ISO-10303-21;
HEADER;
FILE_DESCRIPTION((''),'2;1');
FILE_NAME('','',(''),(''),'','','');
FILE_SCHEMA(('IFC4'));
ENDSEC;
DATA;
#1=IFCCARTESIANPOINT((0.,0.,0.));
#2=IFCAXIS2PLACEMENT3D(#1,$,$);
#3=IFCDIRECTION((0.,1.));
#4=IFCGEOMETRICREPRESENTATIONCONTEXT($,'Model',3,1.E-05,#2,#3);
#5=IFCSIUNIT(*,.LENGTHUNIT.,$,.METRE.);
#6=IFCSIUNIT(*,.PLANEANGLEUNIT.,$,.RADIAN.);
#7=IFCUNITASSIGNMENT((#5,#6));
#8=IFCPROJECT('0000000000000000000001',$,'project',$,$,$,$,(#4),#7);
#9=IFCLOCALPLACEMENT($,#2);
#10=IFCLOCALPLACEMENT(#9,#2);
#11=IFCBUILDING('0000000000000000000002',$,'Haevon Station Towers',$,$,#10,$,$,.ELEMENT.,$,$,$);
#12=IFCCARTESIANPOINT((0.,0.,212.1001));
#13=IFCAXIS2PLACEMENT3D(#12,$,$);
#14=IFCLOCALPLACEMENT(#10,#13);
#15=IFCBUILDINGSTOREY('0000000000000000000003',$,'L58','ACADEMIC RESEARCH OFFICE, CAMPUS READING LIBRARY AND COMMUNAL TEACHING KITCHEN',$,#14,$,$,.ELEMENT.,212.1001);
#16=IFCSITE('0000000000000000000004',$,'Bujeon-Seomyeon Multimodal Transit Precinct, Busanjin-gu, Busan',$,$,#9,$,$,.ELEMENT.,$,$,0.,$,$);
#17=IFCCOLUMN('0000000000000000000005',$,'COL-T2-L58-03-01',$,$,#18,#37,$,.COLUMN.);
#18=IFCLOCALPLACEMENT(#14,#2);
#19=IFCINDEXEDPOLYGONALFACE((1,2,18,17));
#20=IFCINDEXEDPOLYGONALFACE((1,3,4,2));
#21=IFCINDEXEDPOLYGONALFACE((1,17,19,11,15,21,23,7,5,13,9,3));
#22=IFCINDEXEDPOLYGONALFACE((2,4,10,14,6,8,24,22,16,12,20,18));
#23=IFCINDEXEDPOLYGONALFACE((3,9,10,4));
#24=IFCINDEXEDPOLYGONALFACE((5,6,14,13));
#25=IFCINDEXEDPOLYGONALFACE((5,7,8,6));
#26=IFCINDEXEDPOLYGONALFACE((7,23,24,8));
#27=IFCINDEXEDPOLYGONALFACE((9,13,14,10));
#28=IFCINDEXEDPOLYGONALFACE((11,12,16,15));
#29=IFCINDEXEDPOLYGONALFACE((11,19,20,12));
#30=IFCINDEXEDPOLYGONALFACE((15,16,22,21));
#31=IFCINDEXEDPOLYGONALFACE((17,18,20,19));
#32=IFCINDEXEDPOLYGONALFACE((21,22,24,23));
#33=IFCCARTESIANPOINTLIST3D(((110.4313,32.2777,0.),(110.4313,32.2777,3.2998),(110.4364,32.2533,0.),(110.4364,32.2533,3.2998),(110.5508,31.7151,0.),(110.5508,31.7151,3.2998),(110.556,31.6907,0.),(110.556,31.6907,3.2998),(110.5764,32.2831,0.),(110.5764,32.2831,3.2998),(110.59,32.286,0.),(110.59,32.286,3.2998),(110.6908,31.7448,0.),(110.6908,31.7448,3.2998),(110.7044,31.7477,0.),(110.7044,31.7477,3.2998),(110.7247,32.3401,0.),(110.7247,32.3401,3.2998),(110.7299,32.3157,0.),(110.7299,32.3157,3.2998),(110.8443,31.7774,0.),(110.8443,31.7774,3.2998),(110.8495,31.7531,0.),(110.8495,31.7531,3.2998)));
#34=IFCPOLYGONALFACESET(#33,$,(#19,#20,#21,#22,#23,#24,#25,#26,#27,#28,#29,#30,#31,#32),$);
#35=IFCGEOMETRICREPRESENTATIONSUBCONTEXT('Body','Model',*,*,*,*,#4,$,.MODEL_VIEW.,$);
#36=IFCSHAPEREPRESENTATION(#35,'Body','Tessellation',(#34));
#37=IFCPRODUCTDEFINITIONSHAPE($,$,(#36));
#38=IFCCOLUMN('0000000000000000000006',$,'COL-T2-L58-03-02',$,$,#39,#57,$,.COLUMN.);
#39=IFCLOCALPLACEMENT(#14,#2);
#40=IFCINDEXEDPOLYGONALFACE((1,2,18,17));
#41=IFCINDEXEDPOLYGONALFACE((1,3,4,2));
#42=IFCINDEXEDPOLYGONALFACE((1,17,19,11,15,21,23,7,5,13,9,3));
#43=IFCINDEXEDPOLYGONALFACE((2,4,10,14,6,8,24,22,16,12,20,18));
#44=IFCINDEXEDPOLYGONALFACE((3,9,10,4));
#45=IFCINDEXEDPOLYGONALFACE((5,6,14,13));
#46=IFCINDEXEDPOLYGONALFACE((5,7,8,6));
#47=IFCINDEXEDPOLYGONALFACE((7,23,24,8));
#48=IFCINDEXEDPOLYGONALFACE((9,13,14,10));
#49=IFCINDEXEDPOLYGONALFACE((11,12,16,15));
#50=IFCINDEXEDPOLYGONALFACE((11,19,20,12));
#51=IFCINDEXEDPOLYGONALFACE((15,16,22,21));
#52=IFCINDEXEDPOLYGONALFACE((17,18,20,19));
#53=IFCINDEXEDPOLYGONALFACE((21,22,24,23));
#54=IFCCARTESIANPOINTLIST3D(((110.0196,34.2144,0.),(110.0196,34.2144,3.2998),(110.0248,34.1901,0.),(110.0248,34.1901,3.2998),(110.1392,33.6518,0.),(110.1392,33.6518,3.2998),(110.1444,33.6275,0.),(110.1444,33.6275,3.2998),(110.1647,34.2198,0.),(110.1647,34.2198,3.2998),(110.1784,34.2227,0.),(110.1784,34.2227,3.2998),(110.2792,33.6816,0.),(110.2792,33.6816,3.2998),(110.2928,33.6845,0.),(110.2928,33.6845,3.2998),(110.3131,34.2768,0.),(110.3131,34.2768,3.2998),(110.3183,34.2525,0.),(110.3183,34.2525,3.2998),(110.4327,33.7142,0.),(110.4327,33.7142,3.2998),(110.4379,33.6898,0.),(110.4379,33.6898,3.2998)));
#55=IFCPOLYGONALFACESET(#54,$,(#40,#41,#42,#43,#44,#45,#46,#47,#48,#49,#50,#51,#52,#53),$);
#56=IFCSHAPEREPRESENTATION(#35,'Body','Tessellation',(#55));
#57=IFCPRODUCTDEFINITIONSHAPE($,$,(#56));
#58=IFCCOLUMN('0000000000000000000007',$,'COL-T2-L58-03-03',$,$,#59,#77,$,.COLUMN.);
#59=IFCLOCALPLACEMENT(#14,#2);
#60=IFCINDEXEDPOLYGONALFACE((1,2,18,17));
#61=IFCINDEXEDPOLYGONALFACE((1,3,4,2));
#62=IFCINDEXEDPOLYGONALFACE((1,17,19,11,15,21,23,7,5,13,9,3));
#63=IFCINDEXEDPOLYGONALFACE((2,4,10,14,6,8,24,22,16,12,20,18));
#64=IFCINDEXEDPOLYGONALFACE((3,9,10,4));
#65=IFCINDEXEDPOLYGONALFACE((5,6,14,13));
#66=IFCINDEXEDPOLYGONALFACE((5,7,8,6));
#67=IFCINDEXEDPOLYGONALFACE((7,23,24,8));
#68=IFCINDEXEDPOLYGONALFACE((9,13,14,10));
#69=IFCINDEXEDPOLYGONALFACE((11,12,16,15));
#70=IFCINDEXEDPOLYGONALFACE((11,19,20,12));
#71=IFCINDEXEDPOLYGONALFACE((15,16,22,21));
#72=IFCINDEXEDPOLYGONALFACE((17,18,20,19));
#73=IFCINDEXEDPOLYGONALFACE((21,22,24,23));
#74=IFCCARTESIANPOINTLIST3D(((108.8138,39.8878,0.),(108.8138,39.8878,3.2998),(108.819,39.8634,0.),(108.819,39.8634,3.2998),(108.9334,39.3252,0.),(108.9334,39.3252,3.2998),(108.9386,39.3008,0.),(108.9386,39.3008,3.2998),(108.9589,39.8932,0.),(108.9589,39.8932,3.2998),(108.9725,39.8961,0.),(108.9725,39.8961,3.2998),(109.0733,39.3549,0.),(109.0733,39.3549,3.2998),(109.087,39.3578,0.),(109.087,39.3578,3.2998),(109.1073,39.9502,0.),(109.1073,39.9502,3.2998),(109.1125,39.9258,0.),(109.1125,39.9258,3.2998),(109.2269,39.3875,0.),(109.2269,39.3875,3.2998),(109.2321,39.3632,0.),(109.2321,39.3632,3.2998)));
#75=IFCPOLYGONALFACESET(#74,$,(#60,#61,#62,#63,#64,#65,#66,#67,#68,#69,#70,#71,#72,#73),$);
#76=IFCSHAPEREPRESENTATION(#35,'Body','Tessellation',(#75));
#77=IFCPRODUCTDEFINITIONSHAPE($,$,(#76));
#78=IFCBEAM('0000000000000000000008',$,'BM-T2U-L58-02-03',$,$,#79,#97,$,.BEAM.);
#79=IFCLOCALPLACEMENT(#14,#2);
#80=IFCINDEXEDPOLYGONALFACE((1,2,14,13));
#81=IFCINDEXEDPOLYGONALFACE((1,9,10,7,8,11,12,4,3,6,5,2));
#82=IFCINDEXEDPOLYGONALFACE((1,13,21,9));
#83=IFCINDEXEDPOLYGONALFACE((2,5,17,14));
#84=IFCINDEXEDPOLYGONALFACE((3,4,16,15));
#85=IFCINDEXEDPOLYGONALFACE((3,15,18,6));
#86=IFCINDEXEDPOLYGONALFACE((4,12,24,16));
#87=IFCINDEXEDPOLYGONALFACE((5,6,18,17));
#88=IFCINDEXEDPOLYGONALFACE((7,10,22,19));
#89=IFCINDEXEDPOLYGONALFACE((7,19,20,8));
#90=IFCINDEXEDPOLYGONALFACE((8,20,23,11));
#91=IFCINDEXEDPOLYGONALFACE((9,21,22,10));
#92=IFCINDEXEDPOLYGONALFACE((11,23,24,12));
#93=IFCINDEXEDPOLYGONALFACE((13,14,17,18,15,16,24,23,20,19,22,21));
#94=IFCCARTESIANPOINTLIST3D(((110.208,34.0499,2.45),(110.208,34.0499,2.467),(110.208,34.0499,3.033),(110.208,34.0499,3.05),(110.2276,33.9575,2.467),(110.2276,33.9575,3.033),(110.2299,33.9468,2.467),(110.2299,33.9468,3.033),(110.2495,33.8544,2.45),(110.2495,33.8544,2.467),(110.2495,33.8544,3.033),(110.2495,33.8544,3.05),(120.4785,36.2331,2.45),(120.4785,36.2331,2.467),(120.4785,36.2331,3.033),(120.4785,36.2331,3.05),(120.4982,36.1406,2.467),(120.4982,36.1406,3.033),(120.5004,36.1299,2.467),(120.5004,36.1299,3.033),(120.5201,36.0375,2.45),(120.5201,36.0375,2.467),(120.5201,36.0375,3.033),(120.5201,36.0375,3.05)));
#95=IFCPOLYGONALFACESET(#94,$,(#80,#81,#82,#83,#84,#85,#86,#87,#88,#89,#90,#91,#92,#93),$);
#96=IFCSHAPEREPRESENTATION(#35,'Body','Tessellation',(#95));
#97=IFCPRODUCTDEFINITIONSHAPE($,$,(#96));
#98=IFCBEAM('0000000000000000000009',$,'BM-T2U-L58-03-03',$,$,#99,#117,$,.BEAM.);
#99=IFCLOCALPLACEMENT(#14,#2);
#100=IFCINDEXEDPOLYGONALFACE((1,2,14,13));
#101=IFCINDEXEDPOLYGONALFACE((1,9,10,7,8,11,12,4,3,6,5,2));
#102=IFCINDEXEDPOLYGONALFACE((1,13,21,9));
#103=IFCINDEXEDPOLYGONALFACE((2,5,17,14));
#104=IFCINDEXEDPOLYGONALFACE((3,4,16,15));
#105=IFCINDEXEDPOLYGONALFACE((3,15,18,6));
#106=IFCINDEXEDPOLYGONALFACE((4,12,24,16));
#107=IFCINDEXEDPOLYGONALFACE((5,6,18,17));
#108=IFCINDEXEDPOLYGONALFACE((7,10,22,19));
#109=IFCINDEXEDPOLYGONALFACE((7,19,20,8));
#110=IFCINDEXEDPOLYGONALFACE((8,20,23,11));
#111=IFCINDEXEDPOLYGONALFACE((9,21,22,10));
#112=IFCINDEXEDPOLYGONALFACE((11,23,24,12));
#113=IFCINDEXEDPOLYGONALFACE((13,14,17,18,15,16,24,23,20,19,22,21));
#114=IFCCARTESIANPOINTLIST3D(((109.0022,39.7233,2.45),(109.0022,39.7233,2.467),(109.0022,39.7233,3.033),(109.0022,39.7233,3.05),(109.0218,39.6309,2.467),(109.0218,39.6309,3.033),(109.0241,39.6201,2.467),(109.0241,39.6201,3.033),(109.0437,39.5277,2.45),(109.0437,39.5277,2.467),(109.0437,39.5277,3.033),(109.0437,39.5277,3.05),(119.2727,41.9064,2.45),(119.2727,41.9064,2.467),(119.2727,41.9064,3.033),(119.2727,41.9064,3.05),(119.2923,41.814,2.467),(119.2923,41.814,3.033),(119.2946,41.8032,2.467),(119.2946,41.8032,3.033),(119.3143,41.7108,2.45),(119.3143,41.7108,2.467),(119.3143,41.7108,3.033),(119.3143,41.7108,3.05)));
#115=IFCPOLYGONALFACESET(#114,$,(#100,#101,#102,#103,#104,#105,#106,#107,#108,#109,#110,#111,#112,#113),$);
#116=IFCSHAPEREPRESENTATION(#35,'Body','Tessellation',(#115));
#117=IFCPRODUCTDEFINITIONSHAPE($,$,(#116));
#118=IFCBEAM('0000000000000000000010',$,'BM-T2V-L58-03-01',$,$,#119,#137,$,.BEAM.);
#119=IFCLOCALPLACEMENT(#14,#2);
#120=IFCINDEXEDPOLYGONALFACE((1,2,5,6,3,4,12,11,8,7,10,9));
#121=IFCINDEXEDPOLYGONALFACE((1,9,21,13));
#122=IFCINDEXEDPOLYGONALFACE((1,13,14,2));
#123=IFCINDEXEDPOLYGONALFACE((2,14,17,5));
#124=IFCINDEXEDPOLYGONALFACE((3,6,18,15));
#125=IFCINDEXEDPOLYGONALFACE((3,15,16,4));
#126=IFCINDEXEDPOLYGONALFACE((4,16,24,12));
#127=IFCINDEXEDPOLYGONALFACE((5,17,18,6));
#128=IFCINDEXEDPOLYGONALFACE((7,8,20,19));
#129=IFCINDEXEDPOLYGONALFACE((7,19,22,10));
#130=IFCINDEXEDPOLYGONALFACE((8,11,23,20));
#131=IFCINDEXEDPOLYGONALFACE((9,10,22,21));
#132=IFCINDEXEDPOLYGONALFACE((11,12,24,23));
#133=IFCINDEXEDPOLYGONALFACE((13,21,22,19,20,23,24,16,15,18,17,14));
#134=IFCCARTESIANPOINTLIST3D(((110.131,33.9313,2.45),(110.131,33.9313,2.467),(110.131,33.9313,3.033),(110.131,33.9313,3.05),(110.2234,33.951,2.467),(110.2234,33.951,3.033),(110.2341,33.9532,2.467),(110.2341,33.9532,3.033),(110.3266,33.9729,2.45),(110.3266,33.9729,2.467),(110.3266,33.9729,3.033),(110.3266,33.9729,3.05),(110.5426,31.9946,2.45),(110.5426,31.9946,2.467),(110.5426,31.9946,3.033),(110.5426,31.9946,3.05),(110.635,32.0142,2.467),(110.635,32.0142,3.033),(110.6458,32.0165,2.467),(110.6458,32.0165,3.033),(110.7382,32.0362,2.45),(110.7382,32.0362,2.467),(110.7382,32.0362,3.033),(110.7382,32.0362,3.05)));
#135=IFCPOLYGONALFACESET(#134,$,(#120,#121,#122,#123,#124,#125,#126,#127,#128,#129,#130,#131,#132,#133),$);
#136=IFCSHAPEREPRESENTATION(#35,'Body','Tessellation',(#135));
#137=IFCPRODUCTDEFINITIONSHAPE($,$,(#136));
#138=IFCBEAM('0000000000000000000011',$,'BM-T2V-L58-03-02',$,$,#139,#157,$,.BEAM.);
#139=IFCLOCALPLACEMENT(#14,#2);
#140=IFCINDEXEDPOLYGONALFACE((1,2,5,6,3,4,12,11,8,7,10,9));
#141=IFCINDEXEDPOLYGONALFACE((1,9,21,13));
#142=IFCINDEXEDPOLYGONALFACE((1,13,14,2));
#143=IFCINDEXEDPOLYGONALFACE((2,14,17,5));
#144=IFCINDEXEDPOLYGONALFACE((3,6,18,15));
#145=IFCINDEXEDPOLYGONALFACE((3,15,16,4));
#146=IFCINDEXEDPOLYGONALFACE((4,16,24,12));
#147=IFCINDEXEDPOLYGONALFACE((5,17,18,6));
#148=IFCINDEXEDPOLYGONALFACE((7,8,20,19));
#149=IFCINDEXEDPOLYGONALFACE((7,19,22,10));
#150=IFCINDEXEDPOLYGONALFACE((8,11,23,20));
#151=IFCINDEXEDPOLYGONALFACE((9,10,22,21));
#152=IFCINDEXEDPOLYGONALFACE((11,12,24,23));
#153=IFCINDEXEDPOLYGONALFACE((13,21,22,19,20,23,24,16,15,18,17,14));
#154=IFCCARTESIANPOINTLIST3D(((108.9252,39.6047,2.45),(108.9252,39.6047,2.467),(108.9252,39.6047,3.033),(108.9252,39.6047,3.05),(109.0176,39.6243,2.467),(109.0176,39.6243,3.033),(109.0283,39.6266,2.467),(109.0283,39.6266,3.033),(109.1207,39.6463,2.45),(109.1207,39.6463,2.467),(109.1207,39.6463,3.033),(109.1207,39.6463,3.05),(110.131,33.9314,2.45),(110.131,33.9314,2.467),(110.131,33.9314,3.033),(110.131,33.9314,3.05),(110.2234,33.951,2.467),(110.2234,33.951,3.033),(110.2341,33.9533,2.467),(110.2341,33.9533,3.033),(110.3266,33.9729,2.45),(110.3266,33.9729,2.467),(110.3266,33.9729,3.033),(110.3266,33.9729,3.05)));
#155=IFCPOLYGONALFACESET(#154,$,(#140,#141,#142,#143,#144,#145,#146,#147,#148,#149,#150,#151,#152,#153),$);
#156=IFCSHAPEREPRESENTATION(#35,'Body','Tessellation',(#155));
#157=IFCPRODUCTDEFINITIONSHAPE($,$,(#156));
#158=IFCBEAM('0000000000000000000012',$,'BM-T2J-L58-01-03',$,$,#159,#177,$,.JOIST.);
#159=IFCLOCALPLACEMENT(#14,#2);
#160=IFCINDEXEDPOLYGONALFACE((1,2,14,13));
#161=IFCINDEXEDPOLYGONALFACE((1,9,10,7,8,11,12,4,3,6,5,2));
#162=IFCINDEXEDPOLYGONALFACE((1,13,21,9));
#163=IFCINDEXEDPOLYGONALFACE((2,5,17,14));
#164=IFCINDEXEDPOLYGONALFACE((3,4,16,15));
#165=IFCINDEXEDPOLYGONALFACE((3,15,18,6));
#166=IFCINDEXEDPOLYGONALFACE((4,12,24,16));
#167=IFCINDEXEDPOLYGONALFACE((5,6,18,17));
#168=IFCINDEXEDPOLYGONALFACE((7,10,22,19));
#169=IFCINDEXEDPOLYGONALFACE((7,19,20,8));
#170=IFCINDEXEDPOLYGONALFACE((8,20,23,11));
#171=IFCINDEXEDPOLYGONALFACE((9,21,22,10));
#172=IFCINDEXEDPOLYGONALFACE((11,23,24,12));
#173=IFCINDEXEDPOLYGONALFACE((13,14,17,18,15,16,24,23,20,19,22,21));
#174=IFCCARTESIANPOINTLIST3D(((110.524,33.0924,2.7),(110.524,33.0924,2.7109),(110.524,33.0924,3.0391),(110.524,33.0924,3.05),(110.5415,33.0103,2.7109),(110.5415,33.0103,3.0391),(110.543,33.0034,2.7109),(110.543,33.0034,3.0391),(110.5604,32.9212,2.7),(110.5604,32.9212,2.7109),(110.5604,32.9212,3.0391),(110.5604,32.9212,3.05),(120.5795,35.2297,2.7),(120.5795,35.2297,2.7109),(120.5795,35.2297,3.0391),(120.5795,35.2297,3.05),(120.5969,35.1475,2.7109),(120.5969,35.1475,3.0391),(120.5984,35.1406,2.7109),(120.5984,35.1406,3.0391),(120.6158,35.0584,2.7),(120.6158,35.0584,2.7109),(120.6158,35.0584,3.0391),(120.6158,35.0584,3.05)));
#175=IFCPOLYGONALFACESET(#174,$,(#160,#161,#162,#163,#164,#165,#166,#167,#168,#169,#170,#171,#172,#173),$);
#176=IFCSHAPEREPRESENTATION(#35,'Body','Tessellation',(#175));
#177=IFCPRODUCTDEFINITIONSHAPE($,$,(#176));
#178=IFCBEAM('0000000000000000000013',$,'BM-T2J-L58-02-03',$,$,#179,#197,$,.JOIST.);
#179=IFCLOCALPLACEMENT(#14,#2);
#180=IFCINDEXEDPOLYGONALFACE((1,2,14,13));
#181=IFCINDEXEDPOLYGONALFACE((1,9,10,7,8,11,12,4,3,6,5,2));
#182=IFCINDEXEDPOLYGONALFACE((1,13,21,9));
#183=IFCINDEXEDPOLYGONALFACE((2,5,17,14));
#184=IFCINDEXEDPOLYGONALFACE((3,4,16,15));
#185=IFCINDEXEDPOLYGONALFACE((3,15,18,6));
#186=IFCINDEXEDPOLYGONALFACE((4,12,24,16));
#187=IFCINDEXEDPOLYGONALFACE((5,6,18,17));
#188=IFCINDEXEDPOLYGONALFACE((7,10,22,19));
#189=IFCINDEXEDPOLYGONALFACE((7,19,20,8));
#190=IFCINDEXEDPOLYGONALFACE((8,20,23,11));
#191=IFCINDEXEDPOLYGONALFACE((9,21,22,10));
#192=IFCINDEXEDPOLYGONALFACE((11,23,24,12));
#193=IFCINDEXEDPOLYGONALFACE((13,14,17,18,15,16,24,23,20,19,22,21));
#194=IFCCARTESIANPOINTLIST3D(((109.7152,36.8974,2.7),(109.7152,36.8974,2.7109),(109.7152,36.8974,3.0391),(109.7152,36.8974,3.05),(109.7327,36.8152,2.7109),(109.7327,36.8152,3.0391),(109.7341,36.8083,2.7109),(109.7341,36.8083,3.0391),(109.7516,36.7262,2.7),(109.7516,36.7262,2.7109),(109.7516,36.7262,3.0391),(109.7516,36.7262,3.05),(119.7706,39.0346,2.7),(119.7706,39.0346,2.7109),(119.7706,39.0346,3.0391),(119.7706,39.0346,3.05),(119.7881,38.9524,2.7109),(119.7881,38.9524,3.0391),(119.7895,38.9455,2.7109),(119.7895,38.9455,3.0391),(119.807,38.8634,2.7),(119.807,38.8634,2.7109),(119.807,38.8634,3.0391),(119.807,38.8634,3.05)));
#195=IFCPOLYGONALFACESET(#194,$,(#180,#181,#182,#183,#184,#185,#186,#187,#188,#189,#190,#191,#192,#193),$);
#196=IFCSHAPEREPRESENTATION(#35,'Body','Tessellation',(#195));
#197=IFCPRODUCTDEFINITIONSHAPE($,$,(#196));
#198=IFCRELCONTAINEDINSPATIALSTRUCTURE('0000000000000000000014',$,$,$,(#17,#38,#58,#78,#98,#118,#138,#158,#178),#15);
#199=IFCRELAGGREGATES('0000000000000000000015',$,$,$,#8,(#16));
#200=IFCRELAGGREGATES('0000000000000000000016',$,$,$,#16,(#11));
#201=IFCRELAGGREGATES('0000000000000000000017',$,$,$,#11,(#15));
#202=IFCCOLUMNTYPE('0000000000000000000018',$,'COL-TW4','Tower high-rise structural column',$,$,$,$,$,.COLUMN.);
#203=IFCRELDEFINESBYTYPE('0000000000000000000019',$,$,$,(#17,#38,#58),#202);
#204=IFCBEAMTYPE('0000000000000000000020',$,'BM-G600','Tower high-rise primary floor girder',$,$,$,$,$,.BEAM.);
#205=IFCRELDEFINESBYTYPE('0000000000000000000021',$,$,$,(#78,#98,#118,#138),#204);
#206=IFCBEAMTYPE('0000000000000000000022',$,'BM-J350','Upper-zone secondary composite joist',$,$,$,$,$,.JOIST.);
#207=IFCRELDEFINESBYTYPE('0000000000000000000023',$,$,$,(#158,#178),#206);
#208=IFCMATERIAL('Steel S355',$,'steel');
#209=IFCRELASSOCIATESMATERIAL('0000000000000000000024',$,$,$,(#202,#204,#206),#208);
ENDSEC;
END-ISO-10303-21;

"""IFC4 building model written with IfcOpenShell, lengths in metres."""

from ifc_helpers import new_model, si_unit, direction, frame, origin, origin_2d, place, context, subcontext, project, spatial, i_section, extrude, material, material_profile, profile_set, type_object, element, save


model = new_model("IFC4")

# Units and contexts
model_context = context("Model", 3, precision=1e-05, world=origin(), true_north=direction((0.0, 1.0)))
body_context = subcontext(model_context, "Body", "Model", "MODEL_VIEW")
ifc_project = project(units=[si_unit("LENGTHUNIT", "METRE"), si_unit("PLANEANGLEUNIT", "RADIAN")], contexts=[model_context])

# Site, building, storey
site_placement = place(None, origin())
site = spatial("IfcSite", under=ifc_project, at=site_placement, Name="Bujeon-Seomyeon Multimodal Transit Precinct, Busanjin-gu, Busan", CompositionType="ELEMENT", RefElevation=0.0)
building_placement = place(site_placement, origin())
building = spatial("IfcBuilding", under=site, at=building_placement, Name="Haevon Station Towers", CompositionType="ELEMENT")
storey_placement = place(building_placement, frame((0.0, 0.0, 212.1001)))
storey = spatial("IfcBuildingStorey", under=building, at=storey_placement, Name="L58", Description="ACADEMIC RESEARCH OFFICE, CAMPUS READING LIBRARY AND COMMUNAL TEACHING KITCHEN", CompositionType="ELEMENT", Elevation=212.1001)

# Columns
ifc_material_1 = material(Name="Steel S355", Category="steel")
ifc_material_profile_1 = material_profile(ifc_material_1, i_section(OverallWidth=0.3, OverallDepth=0.6001, WebThickness=0.0139, FlangeThickness=0.0249, at=origin_2d()), Name="H-600x300x14x25")
ifc_profile_set_1 = profile_set([ifc_material_profile_1], Name="Steel S355")
column_type = type_object("IfcColumnType", Name="COL-TW4", Description="Tower high-rise structural column", PredefinedType="COLUMN", material=ifc_profile_set_1)
for number, where, z_axis, x_axis, name in (
    (1, (110.6404, 32.0154, 0.0), (0.0, 0.0, 1.0), (0.978148, 0.207912, 0.0), "COL-T2-L58-03-01"),
    (2, (110.2288, 33.9521, 0.0), (0.0, 0.0, 1.0), (0.978148, 0.207912, 0.0), "COL-T2-L58-03-02"),
    (3, (109.0229, 39.6255, 0.0), (0.0, 0.0, 1.0), (0.978148, 0.207912, 0.0), "COL-T2-L58-03-03"),
):
    element("IfcColumn", number, at=place(storey_placement, frame(where, z_axis=z_axis, x_axis=x_axis)), inside=storey, type_object=column_type, Name=name, PredefinedType="COLUMN", context=body_context, shape_type="SweptSolid", body=[
        extrude(i_section(OverallWidth=0.3, OverallDepth=0.6001, WebThickness=0.0139, FlangeThickness=0.0249, at=origin_2d()), origin(), (0.0, 0.0, 1.0), 3.2998),
    ])

# Beams
ifc_material_profile_2 = material_profile(ifc_material_1, i_section(OverallWidth=0.2, OverallDepth=0.6001, WebThickness=0.011, FlangeThickness=0.0171, at=origin_2d()), Name="H-600x200x11x17")
ifc_profile_set_2 = profile_set([ifc_material_profile_2], Name="Steel S355")
beam_type_1 = type_object("IfcBeamType", Name="BM-G600", Description="Tower high-rise primary floor girder", PredefinedType="BEAM", material=ifc_profile_set_2)
for number, where, z_axis, x_axis, name in (
    (4, (110.2288, 33.9521, 2.75), (0.978147, 0.207915, 0.0), (-0.207915, 0.978147, 0.0), "BM-T2U-L58-02-03"),
    (5, (109.0229, 39.6255, 2.75), (0.978147, 0.207915, 0.0), (-0.207915, 0.978147, 0.0), "BM-T2U-L58-03-03"),
):
    element("IfcBeam", number, at=place(storey_placement, frame(where, z_axis=z_axis, x_axis=x_axis)), inside=storey, type_object=beam_type_1, Name=name, PredefinedType="BEAM", context=body_context, shape_type="SweptSolid", body=[
        extrude(i_section(OverallWidth=0.2, OverallDepth=0.6001, WebThickness=0.011, FlangeThickness=0.0171, at=origin_2d()), origin(), (0.0, 0.0, 1.0), 10.5),
    ])
beam_1_placement = place(storey_placement, frame((110.6404, 32.0154, 2.75), z_axis=(-0.207887, 0.978153, 0.0), x_axis=(-0.978153, -0.207887, 0.0)))
element("IfcBeam", 6, at=beam_1_placement, inside=storey, type_object=beam_type_1, Name="BM-T2V-L58-03-01", PredefinedType="BEAM", context=body_context, shape_type="SweptSolid", body=[
    extrude(i_section(OverallWidth=0.2, OverallDepth=0.6001, WebThickness=0.011, FlangeThickness=0.0171, at=origin_2d()), origin(), (0.0, 0.0, 1.0), 1.98),
])
beam_2_placement = place(storey_placement, frame((110.2288, 33.9521, 2.75), z_axis=(-0.207896, 0.978151, 0.0), x_axis=(-0.978151, -0.207896, 0.0)))
element("IfcBeam", 7, at=beam_2_placement, inside=storey, type_object=beam_type_1, Name="BM-T2V-L58-03-02", PredefinedType="BEAM", context=body_context, shape_type="SweptSolid", body=[
    extrude(i_section(OverallWidth=0.2, OverallDepth=0.6001, WebThickness=0.011, FlangeThickness=0.0171, at=origin_2d()), origin(), (0.0, 0.0, 1.0), 5.8),
])
ifc_material_profile_3 = material_profile(ifc_material_1, i_section(OverallWidth=0.175, OverallDepth=0.3501, WebThickness=0.0071, FlangeThickness=0.011, at=origin_2d()), Name="H-350x175x7x11")
ifc_profile_set_3 = profile_set([ifc_material_profile_3], Name="Steel S355")
beam_type_2 = type_object("IfcBeamType", Name="BM-J350", Description="Upper-zone secondary composite joist", PredefinedType="JOIST", material=ifc_profile_set_3)
for number, where, z_axis, x_axis, name in (
    (8, (110.5422, 33.0068, 2.875), (0.97815, 0.207899, 0.0), (-0.207899, 0.97815, 0.0), "BM-T2J-L58-01-03"),
    (9, (109.7334, 36.8118, 2.875), (0.97815, 0.207899, 0.0), (-0.207899, 0.97815, 0.0), "BM-T2J-L58-02-03"),
):
    element("IfcBeam", number, at=place(storey_placement, frame(where, z_axis=z_axis, x_axis=x_axis)), inside=storey, type_object=beam_type_2, Name=name, PredefinedType="JOIST", context=body_context, shape_type="SweptSolid", body=[
        extrude(i_section(OverallWidth=0.175, OverallDepth=0.3501, WebThickness=0.0071, FlangeThickness=0.011, at=origin_2d()), origin(), (0.0, 0.0, 1.0), 10.28),
    ])

save(model, "model.ifc")
